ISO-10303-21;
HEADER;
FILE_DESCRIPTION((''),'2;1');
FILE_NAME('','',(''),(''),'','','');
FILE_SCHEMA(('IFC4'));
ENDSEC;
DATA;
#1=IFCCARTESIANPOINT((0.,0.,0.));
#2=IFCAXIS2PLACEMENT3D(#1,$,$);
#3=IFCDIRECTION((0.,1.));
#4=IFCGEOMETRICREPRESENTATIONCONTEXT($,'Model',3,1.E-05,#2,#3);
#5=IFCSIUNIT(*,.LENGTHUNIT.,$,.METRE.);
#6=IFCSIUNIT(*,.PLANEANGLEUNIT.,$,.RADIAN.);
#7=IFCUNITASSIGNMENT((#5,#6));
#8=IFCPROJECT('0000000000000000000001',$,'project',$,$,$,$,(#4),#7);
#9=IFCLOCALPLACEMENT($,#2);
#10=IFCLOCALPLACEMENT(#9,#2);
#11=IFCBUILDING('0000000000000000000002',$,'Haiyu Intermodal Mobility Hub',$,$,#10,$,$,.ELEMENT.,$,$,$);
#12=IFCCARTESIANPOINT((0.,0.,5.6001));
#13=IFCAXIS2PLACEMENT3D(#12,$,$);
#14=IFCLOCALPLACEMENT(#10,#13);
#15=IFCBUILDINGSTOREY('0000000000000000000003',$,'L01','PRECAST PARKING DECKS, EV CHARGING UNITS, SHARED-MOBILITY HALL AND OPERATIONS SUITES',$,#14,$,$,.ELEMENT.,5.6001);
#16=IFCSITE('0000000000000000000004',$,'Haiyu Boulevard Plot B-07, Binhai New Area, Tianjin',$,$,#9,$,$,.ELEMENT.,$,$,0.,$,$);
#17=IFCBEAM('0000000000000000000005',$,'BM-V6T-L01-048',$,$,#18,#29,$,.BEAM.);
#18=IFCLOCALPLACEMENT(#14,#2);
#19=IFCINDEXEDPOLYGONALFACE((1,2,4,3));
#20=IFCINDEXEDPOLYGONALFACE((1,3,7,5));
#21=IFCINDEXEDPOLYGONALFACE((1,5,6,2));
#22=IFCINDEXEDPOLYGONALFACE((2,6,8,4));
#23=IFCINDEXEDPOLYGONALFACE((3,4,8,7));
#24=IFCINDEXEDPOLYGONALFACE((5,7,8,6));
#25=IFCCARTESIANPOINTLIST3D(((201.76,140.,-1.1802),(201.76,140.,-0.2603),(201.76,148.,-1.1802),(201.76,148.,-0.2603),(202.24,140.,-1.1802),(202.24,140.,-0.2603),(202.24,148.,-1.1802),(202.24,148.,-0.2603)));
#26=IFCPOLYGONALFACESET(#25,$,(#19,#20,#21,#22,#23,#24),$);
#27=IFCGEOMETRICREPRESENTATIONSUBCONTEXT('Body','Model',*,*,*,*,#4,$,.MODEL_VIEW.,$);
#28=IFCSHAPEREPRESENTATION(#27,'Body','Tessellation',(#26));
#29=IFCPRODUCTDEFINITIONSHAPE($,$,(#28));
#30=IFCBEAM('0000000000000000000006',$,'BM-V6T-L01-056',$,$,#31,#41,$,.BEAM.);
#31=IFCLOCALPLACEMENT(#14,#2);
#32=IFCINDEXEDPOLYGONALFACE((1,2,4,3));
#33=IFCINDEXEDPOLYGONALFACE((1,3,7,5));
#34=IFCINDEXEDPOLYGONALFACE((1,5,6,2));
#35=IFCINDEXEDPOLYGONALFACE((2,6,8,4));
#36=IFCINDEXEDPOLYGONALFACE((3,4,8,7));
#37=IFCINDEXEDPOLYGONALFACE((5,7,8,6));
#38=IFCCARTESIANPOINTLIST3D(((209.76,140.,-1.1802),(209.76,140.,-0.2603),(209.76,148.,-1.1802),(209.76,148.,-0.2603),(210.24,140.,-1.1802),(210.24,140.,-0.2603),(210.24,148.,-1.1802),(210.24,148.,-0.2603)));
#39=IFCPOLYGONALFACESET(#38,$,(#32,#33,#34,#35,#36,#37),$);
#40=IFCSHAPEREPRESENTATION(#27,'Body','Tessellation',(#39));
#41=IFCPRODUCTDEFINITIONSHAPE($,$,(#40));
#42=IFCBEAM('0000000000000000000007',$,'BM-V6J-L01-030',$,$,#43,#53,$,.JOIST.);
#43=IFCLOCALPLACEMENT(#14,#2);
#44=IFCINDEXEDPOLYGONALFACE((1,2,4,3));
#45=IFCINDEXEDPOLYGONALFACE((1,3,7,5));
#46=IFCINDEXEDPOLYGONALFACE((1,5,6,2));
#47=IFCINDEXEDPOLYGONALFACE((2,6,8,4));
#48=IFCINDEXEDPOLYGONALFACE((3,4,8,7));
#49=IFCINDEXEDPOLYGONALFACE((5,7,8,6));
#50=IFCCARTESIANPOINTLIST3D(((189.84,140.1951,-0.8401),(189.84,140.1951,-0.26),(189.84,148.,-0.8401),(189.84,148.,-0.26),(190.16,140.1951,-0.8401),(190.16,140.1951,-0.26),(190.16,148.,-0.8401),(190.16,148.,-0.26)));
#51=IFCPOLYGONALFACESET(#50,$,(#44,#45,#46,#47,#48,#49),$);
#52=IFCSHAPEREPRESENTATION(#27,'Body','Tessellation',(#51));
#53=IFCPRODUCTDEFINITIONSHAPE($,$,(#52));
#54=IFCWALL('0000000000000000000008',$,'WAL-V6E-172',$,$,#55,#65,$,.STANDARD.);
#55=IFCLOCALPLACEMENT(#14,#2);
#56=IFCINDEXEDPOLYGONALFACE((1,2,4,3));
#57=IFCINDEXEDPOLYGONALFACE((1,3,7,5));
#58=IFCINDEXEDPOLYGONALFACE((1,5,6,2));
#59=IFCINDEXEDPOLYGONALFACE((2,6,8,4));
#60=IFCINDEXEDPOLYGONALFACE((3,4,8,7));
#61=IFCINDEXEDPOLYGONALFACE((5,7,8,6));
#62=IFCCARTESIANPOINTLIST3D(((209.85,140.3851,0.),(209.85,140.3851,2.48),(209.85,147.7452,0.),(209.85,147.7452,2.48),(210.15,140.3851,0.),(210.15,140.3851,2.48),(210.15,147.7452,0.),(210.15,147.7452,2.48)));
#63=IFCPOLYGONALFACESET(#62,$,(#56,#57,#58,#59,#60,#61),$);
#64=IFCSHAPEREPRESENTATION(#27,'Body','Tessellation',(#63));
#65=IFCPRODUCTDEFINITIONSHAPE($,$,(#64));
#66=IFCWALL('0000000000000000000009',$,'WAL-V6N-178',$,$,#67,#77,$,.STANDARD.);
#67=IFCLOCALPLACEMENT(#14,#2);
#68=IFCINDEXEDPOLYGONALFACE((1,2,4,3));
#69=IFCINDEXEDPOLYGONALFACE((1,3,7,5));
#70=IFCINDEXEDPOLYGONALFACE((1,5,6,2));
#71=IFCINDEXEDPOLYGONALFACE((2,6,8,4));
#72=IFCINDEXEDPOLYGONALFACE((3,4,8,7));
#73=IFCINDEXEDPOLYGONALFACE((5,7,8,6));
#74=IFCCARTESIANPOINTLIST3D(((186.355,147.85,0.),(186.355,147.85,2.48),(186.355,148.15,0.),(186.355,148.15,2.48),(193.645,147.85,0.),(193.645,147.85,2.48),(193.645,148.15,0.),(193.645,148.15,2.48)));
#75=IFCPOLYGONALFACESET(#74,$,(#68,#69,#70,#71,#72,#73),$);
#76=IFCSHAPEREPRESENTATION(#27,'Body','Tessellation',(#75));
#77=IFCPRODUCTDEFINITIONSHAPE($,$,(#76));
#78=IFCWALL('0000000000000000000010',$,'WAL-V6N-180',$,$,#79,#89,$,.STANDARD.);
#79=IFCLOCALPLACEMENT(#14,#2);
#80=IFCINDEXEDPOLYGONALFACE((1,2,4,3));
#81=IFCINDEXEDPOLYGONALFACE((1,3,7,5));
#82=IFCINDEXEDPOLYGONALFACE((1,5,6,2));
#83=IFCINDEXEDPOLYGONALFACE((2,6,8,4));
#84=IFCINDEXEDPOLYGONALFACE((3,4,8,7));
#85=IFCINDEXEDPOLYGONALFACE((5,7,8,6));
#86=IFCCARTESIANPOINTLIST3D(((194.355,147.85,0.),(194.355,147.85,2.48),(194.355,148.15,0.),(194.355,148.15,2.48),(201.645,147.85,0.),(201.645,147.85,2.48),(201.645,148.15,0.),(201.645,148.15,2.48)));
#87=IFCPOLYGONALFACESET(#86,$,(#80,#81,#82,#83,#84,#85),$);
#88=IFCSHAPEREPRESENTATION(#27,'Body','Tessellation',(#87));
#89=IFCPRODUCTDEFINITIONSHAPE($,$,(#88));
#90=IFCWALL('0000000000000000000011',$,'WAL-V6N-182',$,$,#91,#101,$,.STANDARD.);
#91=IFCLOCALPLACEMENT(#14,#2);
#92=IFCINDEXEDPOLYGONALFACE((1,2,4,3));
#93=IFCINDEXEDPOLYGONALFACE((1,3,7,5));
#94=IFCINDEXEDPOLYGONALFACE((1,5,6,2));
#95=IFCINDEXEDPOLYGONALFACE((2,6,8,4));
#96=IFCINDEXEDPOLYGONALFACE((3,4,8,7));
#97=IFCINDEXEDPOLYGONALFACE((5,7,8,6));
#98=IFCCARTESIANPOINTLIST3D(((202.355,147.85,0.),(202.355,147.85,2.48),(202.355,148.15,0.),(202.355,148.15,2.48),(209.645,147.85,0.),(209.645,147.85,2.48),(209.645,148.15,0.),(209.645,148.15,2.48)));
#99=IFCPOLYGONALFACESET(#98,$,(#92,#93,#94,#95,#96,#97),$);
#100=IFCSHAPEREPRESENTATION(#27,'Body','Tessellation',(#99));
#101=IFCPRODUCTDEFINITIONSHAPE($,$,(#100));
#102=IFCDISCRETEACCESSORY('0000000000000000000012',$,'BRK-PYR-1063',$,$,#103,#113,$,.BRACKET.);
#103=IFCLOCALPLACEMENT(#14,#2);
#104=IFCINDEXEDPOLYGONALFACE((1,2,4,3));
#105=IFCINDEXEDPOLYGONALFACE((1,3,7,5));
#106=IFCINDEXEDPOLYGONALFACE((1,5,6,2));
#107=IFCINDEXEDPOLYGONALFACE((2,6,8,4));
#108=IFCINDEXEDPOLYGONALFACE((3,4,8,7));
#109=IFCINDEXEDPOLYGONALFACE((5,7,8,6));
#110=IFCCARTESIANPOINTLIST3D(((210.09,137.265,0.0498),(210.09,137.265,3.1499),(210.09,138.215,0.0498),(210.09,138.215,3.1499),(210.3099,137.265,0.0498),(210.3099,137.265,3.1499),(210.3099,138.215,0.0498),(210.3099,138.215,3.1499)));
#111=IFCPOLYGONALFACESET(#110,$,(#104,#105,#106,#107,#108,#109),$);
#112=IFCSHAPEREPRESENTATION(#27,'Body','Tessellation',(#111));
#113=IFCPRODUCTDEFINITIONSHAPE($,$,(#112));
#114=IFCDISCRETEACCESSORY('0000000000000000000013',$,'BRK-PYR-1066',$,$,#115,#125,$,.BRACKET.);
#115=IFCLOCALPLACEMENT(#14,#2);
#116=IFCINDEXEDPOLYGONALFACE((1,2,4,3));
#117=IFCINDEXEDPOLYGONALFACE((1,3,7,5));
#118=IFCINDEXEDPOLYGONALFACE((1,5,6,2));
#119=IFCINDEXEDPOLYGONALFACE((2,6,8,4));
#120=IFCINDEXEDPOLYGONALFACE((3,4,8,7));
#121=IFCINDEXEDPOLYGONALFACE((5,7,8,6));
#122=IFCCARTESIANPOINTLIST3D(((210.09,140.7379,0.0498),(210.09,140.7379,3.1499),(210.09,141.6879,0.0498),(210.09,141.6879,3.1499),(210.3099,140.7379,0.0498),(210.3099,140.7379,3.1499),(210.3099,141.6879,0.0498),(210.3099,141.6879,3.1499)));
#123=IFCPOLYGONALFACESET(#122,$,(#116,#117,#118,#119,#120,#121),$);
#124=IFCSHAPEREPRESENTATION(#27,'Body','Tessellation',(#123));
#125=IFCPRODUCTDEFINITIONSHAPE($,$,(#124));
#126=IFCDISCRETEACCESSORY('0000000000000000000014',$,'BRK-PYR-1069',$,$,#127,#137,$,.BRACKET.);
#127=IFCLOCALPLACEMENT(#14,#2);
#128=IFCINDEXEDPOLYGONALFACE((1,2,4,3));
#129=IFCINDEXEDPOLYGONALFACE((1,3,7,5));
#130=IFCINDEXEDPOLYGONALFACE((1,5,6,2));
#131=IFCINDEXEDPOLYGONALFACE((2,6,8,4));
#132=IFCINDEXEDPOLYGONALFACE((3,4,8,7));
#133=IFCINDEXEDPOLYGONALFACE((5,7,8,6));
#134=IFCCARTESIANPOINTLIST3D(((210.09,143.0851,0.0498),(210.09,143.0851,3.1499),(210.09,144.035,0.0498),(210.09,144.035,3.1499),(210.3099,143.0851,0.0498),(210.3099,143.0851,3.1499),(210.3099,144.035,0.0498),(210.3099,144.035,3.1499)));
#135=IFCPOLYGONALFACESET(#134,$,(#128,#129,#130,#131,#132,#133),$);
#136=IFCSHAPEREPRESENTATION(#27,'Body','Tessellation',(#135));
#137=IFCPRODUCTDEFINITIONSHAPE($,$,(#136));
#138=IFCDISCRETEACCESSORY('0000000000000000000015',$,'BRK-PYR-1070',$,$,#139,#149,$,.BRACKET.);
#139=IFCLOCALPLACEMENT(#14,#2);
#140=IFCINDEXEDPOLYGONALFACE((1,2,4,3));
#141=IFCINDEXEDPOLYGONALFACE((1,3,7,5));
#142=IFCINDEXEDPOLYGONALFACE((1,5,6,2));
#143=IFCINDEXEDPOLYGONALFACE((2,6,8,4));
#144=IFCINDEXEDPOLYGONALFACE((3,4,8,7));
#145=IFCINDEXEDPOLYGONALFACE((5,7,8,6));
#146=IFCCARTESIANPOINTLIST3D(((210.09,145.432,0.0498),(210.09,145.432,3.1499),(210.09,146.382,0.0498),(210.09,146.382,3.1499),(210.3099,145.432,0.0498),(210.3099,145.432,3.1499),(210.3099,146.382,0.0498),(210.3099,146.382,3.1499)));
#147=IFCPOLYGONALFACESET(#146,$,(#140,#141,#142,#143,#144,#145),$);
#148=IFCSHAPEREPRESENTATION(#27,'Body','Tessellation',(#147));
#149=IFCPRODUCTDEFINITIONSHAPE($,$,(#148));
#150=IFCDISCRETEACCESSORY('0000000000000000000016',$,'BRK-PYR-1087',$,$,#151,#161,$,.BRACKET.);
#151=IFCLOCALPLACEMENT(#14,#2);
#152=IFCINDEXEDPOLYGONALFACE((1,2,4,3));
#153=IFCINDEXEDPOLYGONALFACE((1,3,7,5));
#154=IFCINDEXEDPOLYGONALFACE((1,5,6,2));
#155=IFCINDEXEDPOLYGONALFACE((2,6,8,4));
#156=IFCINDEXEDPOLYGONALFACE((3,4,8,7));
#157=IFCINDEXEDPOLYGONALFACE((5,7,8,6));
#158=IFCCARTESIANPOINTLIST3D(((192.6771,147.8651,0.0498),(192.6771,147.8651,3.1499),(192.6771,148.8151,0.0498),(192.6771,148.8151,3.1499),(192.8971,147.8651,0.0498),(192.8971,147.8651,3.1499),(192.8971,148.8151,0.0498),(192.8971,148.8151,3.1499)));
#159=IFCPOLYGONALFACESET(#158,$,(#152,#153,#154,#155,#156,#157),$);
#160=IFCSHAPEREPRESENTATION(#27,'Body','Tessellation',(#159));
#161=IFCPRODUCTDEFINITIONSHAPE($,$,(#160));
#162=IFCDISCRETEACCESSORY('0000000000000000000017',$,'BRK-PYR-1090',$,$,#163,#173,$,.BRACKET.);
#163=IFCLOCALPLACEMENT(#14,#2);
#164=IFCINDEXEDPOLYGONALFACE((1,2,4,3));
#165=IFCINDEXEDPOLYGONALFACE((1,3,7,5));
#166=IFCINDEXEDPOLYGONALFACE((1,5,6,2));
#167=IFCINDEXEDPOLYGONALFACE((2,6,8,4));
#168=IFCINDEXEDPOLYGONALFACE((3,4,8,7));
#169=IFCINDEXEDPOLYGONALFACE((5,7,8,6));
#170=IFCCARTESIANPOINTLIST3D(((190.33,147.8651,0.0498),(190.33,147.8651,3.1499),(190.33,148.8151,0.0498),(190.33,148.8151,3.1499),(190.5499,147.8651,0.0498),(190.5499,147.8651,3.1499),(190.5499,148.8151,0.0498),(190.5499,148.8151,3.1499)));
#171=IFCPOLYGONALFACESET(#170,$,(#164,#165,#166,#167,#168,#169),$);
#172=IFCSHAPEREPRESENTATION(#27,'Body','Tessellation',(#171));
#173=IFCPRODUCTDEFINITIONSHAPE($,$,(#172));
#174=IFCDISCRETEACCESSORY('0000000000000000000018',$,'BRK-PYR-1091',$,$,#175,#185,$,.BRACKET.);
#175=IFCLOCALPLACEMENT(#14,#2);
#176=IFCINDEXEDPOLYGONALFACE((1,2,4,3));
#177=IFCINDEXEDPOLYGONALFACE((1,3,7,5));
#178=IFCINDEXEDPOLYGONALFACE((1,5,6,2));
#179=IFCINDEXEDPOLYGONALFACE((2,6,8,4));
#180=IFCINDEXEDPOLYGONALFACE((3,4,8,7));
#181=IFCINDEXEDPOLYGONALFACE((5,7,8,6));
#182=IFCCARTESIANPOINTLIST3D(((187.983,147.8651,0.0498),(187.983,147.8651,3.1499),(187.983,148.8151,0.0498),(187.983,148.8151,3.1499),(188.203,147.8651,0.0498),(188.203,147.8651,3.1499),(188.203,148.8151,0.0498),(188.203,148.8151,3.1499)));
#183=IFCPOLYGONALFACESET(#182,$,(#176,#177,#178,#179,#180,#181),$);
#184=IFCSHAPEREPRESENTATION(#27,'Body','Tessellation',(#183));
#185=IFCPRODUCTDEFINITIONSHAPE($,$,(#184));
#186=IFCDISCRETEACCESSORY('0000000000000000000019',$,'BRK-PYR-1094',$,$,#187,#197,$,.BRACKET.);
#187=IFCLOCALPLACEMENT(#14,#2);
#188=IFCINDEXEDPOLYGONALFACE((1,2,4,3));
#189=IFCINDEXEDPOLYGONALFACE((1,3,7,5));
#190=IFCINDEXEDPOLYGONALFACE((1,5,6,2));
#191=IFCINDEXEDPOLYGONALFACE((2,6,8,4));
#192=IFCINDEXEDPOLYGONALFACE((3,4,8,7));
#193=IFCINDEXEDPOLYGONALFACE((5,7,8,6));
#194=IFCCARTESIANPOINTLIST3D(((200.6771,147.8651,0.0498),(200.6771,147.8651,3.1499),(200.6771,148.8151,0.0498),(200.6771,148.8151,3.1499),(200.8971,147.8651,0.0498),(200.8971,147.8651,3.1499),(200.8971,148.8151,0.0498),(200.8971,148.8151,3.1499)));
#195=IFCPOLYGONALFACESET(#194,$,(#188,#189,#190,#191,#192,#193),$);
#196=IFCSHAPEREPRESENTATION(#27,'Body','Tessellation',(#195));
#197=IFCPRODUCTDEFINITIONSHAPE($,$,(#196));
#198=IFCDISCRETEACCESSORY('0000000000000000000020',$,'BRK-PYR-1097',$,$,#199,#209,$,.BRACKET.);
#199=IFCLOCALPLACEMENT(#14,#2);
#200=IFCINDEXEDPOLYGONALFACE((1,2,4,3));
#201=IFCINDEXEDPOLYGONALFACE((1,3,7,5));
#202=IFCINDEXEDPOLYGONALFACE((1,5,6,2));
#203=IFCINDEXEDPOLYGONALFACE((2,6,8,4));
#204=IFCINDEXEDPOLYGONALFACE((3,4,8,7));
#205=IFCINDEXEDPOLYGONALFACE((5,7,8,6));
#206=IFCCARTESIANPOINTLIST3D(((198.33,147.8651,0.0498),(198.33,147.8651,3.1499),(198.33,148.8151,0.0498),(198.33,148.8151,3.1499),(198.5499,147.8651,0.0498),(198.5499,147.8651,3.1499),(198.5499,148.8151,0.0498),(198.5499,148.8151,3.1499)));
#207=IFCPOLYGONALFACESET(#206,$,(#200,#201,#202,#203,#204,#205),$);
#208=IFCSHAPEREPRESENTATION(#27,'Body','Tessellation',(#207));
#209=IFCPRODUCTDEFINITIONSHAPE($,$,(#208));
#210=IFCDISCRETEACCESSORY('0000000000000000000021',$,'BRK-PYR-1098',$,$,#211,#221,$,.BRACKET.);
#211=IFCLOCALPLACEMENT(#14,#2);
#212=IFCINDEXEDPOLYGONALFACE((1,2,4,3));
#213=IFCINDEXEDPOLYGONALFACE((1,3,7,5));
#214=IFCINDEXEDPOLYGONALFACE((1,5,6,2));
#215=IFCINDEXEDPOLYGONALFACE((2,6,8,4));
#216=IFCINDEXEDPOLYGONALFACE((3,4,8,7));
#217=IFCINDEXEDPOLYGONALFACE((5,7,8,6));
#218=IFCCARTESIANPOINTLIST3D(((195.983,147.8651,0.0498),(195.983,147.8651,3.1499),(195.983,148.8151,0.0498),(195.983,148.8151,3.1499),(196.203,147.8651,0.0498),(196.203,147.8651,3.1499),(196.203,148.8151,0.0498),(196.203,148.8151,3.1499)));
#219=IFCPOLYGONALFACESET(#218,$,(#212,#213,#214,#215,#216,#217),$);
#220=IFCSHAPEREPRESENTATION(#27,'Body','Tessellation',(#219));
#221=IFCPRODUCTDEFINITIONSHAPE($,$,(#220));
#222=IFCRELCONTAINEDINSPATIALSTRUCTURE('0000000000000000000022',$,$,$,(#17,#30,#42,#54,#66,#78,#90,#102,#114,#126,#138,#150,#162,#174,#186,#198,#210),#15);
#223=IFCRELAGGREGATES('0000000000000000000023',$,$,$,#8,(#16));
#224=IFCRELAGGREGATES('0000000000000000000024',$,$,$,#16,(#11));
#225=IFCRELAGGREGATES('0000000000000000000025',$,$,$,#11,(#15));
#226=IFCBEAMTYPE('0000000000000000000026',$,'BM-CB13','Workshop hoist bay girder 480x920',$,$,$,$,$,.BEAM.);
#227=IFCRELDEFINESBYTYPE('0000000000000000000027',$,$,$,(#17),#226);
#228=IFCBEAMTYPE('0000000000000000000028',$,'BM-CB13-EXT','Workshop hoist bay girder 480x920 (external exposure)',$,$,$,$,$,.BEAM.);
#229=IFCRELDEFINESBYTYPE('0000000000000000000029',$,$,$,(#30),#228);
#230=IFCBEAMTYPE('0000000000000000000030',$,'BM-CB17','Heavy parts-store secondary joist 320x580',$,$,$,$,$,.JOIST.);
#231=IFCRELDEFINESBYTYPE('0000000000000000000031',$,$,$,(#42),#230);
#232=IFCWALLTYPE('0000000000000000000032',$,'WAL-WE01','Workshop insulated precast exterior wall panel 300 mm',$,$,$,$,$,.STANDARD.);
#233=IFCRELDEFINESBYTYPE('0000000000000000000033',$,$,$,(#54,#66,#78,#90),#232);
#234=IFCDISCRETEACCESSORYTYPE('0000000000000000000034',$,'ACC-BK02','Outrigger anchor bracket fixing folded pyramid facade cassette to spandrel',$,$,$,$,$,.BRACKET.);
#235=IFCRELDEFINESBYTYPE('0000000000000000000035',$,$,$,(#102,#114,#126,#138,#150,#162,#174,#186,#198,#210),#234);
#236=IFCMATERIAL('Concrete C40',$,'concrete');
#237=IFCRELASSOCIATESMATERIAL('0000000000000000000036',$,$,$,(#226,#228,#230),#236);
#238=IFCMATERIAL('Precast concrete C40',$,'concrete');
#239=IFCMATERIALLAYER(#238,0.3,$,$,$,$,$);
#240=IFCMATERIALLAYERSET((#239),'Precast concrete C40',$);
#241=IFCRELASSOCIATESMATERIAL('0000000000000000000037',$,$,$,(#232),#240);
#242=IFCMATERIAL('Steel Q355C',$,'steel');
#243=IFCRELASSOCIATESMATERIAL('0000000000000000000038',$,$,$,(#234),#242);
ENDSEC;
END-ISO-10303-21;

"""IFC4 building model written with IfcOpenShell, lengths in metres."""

from ifc_helpers import new_model, si_unit, direction, frame, frame_2d, origin, origin_2d, place, context, subcontext, project, spatial, rectangle, extrude, material, layer, layer_set, material_profile, profile_set, type_object, element, save


model = new_model("IFC4")

# Units and contexts
model_context = context("Model", 3, precision=1e-05, world=origin(), true_north=direction((0.0, 1.0)))
body_context = subcontext(model_context, "Body", "Model", "MODEL_VIEW")
ifc_project = project(units=[si_unit("LENGTHUNIT", "METRE"), si_unit("PLANEANGLEUNIT", "RADIAN")], contexts=[model_context])

# Site, building, storey
site_placement = place(None, origin())
site = spatial("IfcSite", under=ifc_project, at=site_placement, Name="Haiyu Boulevard Plot B-07, Binhai New Area, Tianjin", CompositionType="ELEMENT", RefElevation=0.0)
building_placement = place(site_placement, origin())
building = spatial("IfcBuilding", under=site, at=building_placement, Name="Haiyu Intermodal Mobility Hub", CompositionType="ELEMENT")
storey_placement = place(building_placement, frame((0.0, 0.0, 5.6001)))
storey = spatial("IfcBuildingStorey", under=building, at=storey_placement, Name="L01", Description="PRECAST PARKING DECKS, EV CHARGING UNITS, SHARED-MOBILITY HALL AND OPERATIONS SUITES", CompositionType="ELEMENT", Elevation=5.6001)

# Shared definitions
ifc_material_1 = material(Name="Concrete C40", Category="concrete")
ifc_material_2 = material(Name="Precast concrete C40", Category="concrete")

# Beams
ifc_material_profile_1 = material_profile(ifc_material_1, rectangle(XDim=0.48, YDim=0.9199, at=origin_2d()), Name="B480x920")
ifc_profile_set_1 = profile_set([ifc_material_profile_1], Name="Concrete C40")
beam_type_1 = type_object("IfcBeamType", Name="BM-CB13", Description="Workshop hoist bay girder 480x920", PredefinedType="BEAM", material=ifc_profile_set_1)
for number, where, z_axis, x_axis, name in (
    (1, (202.0, 140.0, -0.7202), (0.0, 1.0, 0.0), (-1.0, 0.0, 0.0), "BM-V6T-L01-048"),
):
    element("IfcBeam", number, at=place(storey_placement, frame(where, z_axis=z_axis, x_axis=x_axis)), inside=storey, type_object=beam_type_1, Name=name, PredefinedType="BEAM", context=body_context, shape_type="SweptSolid", body=[
        extrude(rectangle(XDim=0.48, YDim=0.9199, at=origin_2d()), origin(), (0.0, 0.0, 1.0), 8.0),
    ])
ifc_material_profile_2 = material_profile(ifc_material_1, rectangle(XDim=0.48, YDim=0.9199, at=origin_2d()), Name="B480x920")
ifc_profile_set_2 = profile_set([ifc_material_profile_2], Name="Concrete C40")
beam_type_2 = type_object("IfcBeamType", Name="BM-CB13-EXT", Description="Workshop hoist bay girder 480x920 (external exposure)", PredefinedType="BEAM", material=ifc_profile_set_2)
beam_1_placement = place(storey_placement, frame((210.0, 140.0, -0.7202), z_axis=(0.0, 1.0, 0.0), x_axis=(-1.0, 0.0, 0.0)))
element("IfcBeam", 2, at=beam_1_placement, inside=storey, type_object=beam_type_2, Name="BM-V6T-L01-056", PredefinedType="BEAM", context=body_context, shape_type="SweptSolid", body=[
    extrude(rectangle(XDim=0.48, YDim=0.9199, at=origin_2d()), origin(), (0.0, 0.0, 1.0), 8.0),
])
ifc_material_profile_3 = material_profile(ifc_material_1, rectangle(XDim=0.3201, YDim=0.5801, at=origin_2d()), Name="B320x580")
ifc_profile_set_3 = profile_set([ifc_material_profile_3], Name="Concrete C40")
beam_type_3 = type_object("IfcBeamType", Name="BM-CB17", Description="Heavy parts-store secondary joist 320x580", PredefinedType="JOIST", material=ifc_profile_set_3)
beam_2_placement = place(storey_placement, frame((190.0, 140.1951, -0.55), z_axis=(0.0, 1.0, 0.0), x_axis=(-1.0, 0.0, 0.0)))
element("IfcBeam", 3, at=beam_2_placement, inside=storey, type_object=beam_type_3, Name="BM-V6J-L01-030", PredefinedType="JOIST", context=body_context, shape_type="SweptSolid", body=[
    extrude(rectangle(XDim=0.3201, YDim=0.5801, at=origin_2d()), origin(), (0.0, 0.0, 1.0), 7.8049),
])

# Walls
ifc_layer = layer(ifc_material_2, 0.3)
ifc_layer_set = layer_set([ifc_layer], Name="Precast concrete C40")
wall_type = type_object("IfcWallType", Name="WAL-WE01", Description="Workshop insulated precast exterior wall panel 300 mm", PredefinedType="STANDARD", material=ifc_layer_set)
wall_placement = place(storey_placement, frame((210.0, 140.385, 0.0), z_axis=(0.0, 0.0, 1.0), x_axis=(0.0, 1.0, 0.0)))
element("IfcWall", 4, at=wall_placement, inside=storey, type_object=wall_type, Name="WAL-V6E-172", PredefinedType="STANDARD", context=body_context, shape_type="SweptSolid", body=[
    extrude(rectangle(XDim=7.3601, YDim=0.3, at=frame_2d((3.6802, 0.0))), origin(), (0.0, 0.0, 1.0), 2.48),
])
for number, where, z_axis, x_axis, name in (
    (5, (193.645, 148.0, 0.0), (0.0, 0.0, 1.0), (-1.0, 0.0, 0.0), "WAL-V6N-178"),
    (6, (201.645, 148.0, 0.0), (0.0, 0.0, 1.0), (-1.0, 0.0, 0.0), "WAL-V6N-180"),
    (7, (209.645, 148.0, 0.0), (0.0, 0.0, 1.0), (-1.0, 0.0, 0.0), "WAL-V6N-182"),
):
    element("IfcWall", number, at=place(storey_placement, frame(where, z_axis=z_axis, x_axis=x_axis)), inside=storey, type_object=wall_type, Name=name, PredefinedType="STANDARD", context=body_context, shape_type="SweptSolid", body=[
        extrude(rectangle(XDim=7.29, YDim=0.3, at=frame_2d((3.645, 0.0))), origin(), (0.0, 0.0, 1.0), 2.48),
    ])

# Discrete accessories
ifc_material_3 = material(Name="Steel Q355C", Category="steel")
discrete_accessory_type = type_object("IfcDiscreteAccessoryType", Name="ACC-BK02", Description="Outrigger anchor bracket fixing folded pyramid facade cassette to spandrel", PredefinedType="BRACKET", material=ifc_material_3)
for number, where, z_axis, x_axis, name in (
    (8, (210.2, 137.74, 0.0498), (0.0, 0.0, 1.0), (1.0, 0.0, 0.0), "BRK-PYR-1063"),
    (9, (210.2, 141.2129, 0.0498), (0.0, 0.0, 1.0), (1.0, 0.0, 0.0), "BRK-PYR-1066"),
    (10, (210.2, 143.5601, 0.0498), (0.0, 0.0, 1.0), (1.0, 0.0, 0.0), "BRK-PYR-1069"),
    (11, (210.2, 145.907, 0.0498), (0.0, 0.0, 1.0), (1.0, 0.0, 0.0), "BRK-PYR-1070"),
    (12, (192.7871, 148.3401, 0.0498), (0.0, 0.0, 1.0), (1.0, 0.0, 0.0), "BRK-PYR-1087"),
    (13, (190.4399, 148.3401, 0.0498), (0.0, 0.0, 1.0), (1.0, 0.0, 0.0), "BRK-PYR-1090"),
    (14, (188.093, 148.3401, 0.0498), (0.0, 0.0, 1.0), (1.0, 0.0, 0.0), "BRK-PYR-1091"),
    (15, (200.7871, 148.3401, 0.0498), (0.0, 0.0, 1.0), (1.0, 0.0, 0.0), "BRK-PYR-1094"),
    (16, (198.4399, 148.3401, 0.0498), (0.0, 0.0, 1.0), (1.0, 0.0, 0.0), "BRK-PYR-1097"),
    (17, (196.093, 148.3401, 0.0498), (0.0, 0.0, 1.0), (1.0, 0.0, 0.0), "BRK-PYR-1098"),
):
    element("IfcDiscreteAccessory", number, at=place(storey_placement, frame(where, z_axis=z_axis, x_axis=x_axis)), inside=storey, type_object=discrete_accessory_type, Name=name, PredefinedType="BRACKET", context=body_context, shape_type="SweptSolid", body=[
        extrude(rectangle(XDim=0.22, YDim=0.95, at=origin_2d()), origin(), (0.0, 0.0, 1.0), 3.1001),
    ])

save(model, "model.ifc")
